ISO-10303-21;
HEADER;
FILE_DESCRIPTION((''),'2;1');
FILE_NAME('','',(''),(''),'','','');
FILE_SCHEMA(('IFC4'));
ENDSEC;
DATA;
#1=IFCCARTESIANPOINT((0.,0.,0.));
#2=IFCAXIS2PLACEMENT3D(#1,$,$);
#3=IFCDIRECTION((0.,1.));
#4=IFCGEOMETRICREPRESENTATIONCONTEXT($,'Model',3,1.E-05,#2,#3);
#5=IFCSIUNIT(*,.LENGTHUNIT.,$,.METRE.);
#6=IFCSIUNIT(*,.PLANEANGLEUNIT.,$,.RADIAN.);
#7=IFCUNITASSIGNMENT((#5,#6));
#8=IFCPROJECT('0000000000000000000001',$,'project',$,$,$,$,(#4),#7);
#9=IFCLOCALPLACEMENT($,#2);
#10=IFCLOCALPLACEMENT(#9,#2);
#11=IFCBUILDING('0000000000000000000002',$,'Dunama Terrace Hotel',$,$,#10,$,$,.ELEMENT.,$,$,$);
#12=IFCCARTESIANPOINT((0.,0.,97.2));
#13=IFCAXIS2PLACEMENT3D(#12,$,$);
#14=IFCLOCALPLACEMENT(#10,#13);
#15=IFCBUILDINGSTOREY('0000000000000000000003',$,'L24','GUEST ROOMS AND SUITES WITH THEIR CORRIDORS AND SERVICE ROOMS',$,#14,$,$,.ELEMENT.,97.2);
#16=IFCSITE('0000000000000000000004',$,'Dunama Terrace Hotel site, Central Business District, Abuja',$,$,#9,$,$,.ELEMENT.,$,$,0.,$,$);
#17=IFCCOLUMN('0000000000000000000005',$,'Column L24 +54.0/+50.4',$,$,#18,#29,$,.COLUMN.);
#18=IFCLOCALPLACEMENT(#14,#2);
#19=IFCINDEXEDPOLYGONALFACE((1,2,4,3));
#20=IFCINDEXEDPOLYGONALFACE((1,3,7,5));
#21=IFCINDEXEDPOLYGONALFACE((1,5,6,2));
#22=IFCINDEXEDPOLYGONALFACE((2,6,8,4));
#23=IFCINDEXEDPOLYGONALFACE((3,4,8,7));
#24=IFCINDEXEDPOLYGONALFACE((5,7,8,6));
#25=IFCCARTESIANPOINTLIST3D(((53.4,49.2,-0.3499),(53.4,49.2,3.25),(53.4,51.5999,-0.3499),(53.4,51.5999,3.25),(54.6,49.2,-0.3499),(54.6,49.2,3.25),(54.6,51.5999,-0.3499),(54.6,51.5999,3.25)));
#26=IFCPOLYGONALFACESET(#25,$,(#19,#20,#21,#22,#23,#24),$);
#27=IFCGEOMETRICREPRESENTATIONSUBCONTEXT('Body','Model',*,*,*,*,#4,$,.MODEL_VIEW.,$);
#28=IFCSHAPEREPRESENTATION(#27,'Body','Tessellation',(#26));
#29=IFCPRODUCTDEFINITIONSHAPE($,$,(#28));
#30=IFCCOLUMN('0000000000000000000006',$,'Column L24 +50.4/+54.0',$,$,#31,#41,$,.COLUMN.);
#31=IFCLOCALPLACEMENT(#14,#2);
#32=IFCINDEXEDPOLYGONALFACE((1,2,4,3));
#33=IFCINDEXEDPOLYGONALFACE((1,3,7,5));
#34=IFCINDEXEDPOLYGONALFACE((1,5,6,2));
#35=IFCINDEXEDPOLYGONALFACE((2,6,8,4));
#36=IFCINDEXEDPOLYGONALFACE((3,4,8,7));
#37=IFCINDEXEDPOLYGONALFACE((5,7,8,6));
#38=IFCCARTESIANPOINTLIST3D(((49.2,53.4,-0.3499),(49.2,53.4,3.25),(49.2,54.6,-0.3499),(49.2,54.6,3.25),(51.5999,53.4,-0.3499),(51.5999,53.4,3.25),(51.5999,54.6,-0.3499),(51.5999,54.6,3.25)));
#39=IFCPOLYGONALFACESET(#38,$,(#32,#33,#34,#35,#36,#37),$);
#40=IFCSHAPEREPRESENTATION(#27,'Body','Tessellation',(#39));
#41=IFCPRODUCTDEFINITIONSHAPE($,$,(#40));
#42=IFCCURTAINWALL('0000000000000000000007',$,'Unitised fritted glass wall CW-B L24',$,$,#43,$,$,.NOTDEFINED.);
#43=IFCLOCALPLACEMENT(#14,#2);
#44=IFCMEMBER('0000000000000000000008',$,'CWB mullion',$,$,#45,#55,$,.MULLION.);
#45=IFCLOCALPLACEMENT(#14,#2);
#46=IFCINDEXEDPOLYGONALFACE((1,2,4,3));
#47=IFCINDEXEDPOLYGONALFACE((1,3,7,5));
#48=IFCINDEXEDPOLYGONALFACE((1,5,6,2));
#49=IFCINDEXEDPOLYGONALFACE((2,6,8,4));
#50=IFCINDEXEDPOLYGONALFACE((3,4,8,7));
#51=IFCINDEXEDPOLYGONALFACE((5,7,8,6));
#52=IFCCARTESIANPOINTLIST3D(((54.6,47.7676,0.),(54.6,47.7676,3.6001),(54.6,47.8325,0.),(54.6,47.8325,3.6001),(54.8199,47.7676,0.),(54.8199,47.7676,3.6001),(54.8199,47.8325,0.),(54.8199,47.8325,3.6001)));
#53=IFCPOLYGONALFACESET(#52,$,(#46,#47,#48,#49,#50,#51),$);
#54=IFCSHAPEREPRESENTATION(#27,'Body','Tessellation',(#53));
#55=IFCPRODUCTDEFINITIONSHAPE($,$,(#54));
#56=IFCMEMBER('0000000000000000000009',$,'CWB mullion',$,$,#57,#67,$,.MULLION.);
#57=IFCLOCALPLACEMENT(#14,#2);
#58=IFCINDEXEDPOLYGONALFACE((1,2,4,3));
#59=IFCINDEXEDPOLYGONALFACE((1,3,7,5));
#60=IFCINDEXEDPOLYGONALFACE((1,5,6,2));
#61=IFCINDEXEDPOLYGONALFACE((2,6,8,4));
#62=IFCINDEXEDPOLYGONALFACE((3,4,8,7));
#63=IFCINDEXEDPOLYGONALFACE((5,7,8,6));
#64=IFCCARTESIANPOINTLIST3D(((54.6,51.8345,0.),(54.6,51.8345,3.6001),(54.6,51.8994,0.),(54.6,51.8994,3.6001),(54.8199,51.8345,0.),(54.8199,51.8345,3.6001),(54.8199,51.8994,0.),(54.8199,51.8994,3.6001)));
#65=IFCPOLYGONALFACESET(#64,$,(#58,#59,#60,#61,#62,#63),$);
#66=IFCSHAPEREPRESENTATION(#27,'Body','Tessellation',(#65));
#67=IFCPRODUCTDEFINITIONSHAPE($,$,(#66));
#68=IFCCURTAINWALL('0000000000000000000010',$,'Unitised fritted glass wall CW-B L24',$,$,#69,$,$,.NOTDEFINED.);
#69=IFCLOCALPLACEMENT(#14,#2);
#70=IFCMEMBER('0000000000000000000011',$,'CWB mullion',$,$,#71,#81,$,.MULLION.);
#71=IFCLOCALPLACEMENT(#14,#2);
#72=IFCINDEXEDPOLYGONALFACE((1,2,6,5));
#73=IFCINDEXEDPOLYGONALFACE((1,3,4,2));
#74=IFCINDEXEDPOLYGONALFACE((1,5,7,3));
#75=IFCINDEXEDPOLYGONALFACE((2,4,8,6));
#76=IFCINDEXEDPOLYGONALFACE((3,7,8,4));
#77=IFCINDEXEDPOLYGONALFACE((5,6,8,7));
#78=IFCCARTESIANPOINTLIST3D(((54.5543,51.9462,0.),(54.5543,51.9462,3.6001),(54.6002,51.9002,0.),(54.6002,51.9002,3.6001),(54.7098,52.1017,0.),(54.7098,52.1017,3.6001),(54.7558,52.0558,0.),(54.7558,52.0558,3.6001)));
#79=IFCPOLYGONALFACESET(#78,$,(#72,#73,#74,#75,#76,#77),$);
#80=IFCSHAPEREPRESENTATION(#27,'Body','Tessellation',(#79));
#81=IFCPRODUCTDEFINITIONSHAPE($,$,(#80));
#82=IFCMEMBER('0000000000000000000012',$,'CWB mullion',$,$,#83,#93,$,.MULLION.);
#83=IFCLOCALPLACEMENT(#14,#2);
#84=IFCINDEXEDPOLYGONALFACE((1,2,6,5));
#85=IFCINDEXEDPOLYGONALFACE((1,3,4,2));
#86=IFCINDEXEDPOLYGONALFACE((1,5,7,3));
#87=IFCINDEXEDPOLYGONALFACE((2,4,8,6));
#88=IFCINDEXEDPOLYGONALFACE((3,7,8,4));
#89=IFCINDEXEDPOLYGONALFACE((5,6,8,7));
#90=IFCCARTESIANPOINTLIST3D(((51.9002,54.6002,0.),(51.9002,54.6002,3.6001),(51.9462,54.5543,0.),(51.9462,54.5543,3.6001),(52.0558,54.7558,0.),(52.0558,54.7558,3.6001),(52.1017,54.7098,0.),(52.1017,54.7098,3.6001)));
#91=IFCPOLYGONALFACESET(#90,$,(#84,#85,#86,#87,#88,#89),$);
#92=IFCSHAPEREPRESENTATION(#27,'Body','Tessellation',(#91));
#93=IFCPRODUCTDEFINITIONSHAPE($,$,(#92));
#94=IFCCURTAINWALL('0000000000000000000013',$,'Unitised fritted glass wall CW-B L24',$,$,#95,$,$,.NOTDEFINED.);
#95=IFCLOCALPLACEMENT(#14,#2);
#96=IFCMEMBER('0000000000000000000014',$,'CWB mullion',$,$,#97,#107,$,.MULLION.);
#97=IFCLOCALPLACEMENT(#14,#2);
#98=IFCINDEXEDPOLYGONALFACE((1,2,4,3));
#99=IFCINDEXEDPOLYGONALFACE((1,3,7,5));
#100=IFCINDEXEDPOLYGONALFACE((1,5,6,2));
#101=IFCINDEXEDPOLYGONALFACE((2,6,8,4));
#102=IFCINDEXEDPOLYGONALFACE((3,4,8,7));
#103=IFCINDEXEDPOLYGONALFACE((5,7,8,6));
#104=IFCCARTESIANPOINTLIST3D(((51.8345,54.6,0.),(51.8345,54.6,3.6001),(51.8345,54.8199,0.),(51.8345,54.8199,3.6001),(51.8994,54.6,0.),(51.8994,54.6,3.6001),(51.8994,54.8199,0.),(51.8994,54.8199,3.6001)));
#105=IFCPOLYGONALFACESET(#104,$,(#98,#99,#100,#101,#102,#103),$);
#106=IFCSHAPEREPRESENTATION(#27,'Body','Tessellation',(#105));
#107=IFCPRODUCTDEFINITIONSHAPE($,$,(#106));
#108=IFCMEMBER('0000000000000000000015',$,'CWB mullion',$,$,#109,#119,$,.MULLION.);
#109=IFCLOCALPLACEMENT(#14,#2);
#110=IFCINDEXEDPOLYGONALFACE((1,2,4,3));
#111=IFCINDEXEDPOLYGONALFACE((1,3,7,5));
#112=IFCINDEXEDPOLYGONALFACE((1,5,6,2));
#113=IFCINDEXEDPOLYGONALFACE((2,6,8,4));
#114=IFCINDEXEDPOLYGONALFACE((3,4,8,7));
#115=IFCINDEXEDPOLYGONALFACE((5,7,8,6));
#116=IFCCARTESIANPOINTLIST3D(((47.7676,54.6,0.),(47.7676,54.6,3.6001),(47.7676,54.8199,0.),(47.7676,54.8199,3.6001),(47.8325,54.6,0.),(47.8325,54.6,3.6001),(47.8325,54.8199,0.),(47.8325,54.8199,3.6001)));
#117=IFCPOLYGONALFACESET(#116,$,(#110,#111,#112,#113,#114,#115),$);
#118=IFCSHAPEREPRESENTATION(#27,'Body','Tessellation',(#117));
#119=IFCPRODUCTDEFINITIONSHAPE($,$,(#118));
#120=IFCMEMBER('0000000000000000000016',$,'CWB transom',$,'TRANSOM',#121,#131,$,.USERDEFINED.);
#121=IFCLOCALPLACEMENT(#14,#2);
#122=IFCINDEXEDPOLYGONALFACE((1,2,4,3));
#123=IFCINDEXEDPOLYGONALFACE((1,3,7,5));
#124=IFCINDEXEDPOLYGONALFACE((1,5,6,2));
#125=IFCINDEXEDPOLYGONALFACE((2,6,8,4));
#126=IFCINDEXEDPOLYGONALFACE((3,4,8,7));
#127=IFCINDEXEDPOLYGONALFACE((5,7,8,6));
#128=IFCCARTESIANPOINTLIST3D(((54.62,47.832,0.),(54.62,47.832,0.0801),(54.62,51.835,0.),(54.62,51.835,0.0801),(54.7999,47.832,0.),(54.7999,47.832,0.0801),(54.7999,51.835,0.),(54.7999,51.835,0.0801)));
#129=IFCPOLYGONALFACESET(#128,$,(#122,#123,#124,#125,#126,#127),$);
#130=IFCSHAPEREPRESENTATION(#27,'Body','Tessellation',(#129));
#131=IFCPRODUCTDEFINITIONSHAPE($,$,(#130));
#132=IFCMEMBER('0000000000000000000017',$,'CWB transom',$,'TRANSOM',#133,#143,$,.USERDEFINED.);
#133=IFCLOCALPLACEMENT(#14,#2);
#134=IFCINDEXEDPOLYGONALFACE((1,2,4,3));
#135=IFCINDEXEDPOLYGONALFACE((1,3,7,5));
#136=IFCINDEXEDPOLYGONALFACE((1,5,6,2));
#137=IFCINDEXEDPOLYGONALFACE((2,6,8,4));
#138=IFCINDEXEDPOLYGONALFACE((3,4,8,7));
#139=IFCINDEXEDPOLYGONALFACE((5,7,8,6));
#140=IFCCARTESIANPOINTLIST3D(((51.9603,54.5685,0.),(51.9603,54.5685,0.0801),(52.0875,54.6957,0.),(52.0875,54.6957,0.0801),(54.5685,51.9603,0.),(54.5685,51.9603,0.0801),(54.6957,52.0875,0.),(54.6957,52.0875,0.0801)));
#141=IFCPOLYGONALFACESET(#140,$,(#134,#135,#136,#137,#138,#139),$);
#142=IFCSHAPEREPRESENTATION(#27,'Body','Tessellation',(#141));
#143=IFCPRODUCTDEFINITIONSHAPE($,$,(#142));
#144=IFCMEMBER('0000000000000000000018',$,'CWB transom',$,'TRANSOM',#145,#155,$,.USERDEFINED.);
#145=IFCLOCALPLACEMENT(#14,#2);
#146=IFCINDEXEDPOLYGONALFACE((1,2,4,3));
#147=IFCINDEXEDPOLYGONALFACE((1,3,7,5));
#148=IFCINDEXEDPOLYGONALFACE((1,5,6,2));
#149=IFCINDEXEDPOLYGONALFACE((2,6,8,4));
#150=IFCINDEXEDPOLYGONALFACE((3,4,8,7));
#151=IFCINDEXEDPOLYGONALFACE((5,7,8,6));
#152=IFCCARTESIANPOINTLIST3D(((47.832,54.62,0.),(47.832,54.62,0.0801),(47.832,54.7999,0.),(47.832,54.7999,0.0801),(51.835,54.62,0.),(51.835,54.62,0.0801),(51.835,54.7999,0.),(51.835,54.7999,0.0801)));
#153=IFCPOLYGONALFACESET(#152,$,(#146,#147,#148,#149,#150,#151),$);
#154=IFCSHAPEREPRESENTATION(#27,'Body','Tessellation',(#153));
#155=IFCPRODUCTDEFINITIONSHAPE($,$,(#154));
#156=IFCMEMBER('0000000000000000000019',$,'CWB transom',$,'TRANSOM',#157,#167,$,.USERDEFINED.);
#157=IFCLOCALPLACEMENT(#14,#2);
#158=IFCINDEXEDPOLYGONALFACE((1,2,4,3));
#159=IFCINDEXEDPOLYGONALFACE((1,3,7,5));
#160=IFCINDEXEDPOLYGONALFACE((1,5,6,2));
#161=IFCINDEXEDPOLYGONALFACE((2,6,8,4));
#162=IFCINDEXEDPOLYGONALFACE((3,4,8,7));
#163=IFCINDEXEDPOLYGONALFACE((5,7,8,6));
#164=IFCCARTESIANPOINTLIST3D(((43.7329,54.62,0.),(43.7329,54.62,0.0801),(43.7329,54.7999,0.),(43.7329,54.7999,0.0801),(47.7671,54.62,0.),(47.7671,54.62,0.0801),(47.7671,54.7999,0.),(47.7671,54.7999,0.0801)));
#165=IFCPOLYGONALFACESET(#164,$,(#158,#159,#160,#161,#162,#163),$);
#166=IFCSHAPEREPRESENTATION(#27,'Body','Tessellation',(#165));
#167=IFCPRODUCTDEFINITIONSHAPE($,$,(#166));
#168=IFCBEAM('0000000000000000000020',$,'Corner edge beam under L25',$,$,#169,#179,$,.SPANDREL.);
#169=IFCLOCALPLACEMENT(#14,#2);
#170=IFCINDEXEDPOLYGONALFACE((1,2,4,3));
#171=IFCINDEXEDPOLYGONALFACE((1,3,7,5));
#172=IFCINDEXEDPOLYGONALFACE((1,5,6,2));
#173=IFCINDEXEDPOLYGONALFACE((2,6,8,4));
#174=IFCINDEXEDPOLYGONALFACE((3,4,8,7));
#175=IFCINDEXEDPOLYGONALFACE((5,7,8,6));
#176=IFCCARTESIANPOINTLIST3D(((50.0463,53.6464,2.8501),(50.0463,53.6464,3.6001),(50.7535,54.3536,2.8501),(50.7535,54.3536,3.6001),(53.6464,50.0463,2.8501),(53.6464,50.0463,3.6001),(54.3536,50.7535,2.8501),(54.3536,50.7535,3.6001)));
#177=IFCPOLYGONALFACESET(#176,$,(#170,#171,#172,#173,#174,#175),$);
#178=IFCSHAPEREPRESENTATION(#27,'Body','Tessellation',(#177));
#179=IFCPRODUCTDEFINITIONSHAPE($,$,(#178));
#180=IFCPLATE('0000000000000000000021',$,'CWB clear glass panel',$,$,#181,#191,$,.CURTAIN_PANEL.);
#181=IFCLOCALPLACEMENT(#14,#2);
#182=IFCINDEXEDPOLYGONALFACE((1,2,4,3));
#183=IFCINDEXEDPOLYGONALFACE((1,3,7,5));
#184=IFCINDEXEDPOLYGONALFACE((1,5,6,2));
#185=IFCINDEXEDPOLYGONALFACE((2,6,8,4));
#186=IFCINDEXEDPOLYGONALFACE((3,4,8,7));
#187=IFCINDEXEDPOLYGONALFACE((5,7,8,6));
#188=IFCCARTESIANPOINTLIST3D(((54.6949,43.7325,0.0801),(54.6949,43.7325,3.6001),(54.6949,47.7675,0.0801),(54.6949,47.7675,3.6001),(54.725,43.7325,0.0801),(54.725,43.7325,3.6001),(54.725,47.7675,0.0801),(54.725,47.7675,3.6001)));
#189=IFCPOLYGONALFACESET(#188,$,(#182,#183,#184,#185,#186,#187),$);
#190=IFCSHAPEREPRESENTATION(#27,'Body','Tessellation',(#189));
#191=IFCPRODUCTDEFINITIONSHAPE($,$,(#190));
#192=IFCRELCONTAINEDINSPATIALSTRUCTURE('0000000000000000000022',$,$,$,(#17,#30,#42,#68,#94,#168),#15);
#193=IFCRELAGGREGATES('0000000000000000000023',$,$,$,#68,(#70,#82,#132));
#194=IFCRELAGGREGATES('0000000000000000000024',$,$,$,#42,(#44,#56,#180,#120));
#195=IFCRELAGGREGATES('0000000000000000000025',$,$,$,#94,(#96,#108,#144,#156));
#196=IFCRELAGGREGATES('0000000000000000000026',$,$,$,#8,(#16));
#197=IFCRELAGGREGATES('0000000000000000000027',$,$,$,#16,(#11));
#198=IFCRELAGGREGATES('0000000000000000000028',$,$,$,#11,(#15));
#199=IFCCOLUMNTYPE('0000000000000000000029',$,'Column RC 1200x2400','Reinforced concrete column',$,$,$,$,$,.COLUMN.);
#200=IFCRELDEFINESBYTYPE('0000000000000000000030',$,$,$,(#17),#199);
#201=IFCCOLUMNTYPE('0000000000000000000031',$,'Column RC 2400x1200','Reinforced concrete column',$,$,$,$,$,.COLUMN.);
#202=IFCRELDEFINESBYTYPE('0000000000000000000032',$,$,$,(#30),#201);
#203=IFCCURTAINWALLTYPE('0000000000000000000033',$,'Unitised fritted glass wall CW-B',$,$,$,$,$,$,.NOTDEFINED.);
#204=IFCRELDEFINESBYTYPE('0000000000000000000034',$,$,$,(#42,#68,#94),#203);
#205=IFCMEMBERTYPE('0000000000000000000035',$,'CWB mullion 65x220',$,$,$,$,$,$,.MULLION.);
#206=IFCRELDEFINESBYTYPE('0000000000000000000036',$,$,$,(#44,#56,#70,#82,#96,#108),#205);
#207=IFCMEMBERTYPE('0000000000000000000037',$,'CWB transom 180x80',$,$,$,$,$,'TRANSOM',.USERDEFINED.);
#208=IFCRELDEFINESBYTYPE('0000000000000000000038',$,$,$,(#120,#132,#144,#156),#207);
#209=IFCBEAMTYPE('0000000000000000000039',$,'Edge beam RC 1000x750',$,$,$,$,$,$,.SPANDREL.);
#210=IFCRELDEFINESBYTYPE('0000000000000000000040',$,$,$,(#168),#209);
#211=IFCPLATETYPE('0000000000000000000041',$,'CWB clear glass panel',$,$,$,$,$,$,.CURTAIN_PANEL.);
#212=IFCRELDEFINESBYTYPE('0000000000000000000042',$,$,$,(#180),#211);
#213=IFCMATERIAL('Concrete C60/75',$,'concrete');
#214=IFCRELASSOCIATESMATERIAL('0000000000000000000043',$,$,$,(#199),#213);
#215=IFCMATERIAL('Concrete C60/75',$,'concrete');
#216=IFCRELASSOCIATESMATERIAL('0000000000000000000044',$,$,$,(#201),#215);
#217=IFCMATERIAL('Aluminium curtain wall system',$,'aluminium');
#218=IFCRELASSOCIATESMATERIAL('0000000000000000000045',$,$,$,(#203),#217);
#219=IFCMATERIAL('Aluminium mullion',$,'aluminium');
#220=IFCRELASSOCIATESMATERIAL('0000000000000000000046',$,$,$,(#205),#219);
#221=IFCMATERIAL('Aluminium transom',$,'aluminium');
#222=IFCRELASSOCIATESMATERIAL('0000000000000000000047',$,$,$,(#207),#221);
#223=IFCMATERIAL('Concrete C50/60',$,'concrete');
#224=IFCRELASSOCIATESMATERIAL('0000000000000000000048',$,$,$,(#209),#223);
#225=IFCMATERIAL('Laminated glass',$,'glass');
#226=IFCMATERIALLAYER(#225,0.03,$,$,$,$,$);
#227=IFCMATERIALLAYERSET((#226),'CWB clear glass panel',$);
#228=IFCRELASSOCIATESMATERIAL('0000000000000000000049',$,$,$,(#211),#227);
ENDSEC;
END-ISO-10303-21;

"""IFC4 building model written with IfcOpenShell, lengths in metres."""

from ifc_helpers import new_model, si_unit, direction, frame, origin, origin_2d, place, context, subcontext, project, spatial, rectangle, extrude, material, layer, layer_set, material_profile, profile_set, type_object, element, aggregate, save


model = new_model("IFC4")

# Units and contexts
model_context = context("Model", 3, precision=1e-05, world=origin(), true_north=direction((0.0, 1.0)))
body_context = subcontext(model_context, "Body", "Model", "MODEL_VIEW")
ifc_project = project(units=[si_unit("LENGTHUNIT", "METRE"), si_unit("PLANEANGLEUNIT", "RADIAN")], contexts=[model_context])

# Site, building, storey
site_placement = place(None, origin())
site = spatial("IfcSite", under=ifc_project, at=site_placement, Name="Dunama Terrace Hotel site, Central Business District, Abuja", CompositionType="ELEMENT", RefElevation=0.0)
building_placement = place(site_placement, origin())
building = spatial("IfcBuilding", under=site, at=building_placement, Name="Dunama Terrace Hotel", CompositionType="ELEMENT")
storey_placement = place(building_placement, frame((0.0, 0.0, 97.2)))
storey = spatial("IfcBuildingStorey", under=building, at=storey_placement, Name="L24", Description="GUEST ROOMS AND SUITES WITH THEIR CORRIDORS AND SERVICE ROOMS", CompositionType="ELEMENT", Elevation=97.2)

# Columns
ifc_material_1 = material(Name="Concrete C60/75", Category="concrete")
ifc_material_profile_1 = material_profile(ifc_material_1, rectangle(XDim=1.2, YDim=2.3999, at=origin_2d()), Name="RC 1200x2400")
ifc_profile_set_1 = profile_set([ifc_material_profile_1], Name="Concrete C60/75")
column_type_1 = type_object("IfcColumnType", Name="Column RC 1200x2400", Description="Reinforced concrete column", PredefinedType="COLUMN", material=ifc_profile_set_1)
column_1_placement = place(storey_placement, frame((54.0, 50.3999, -0.3499), z_axis=(0.0, 0.0, 1.0), x_axis=(1.0, 0.0, 0.0)))
element("IfcColumn", 1, at=column_1_placement, inside=storey, type_object=column_type_1, Name="Column L24 +54.0/+50.4", PredefinedType="COLUMN", context=body_context, shape_type="SweptSolid", body=[
    extrude(rectangle(XDim=1.2, YDim=2.3999, at=origin_2d()), origin(), (0.0, 0.0, 1.0), 3.5999),
])
ifc_material_2 = material(Name="Concrete C60/75", Category="concrete")
ifc_material_profile_2 = material_profile(ifc_material_2, rectangle(XDim=2.3999, YDim=1.2, at=origin_2d()), Name="RC 2400x1200")
ifc_profile_set_2 = profile_set([ifc_material_profile_2], Name="Concrete C60/75")
column_type_2 = type_object("IfcColumnType", Name="Column RC 2400x1200", Description="Reinforced concrete column", PredefinedType="COLUMN", material=ifc_profile_set_2)
column_2_placement = place(storey_placement, frame((50.3999, 54.0, -0.3499), z_axis=(0.0, 0.0, 1.0), x_axis=(1.0, 0.0, 0.0)))
element("IfcColumn", 2, at=column_2_placement, inside=storey, type_object=column_type_2, Name="Column L24 +50.4/+54.0", PredefinedType="COLUMN", context=body_context, shape_type="SweptSolid", body=[
    extrude(rectangle(XDim=2.3999, YDim=1.2, at=origin_2d()), origin(), (0.0, 0.0, 1.0), 3.5999),
])

# Curtain walls, members
ifc_material_3 = material(Name="Aluminium curtain wall system", Category="aluminium")
curtain_wall_type = type_object("IfcCurtainWallType", Name="Unitised fritted glass wall CW-B", PredefinedType="NOTDEFINED", material=ifc_material_3)
curtain_wall_1_placement = place(storey_placement, origin())
curtain_wall_1 = element("IfcCurtainWall", 3, at=curtain_wall_1_placement, inside=storey, type_object=curtain_wall_type, Name="Unitised fritted glass wall CW-B L24", PredefinedType="NOTDEFINED")
ifc_material_4 = material(Name="Aluminium mullion", Category="aluminium")
ifc_material_profile_3 = material_profile(ifc_material_4, rectangle(XDim=0.0649, YDim=0.22, at=origin_2d()), Name="CWB MULLION 65X220")
ifc_profile_set_3 = profile_set([ifc_material_profile_3], Name="Aluminium mullion")
member_type_1 = type_object("IfcMemberType", Name="CWB mullion 65x220", PredefinedType="MULLION", material=ifc_profile_set_3)
member_1_placement = place(storey_placement, frame((54.71, 47.8, 0.0), z_axis=(0.0, 0.0, 1.0), x_axis=(0.0, 1.0, 0.0)))
member_1 = element("IfcMember", 4, at=member_1_placement, type_object=member_type_1, Name="CWB mullion", PredefinedType="MULLION", context=body_context, shape_type="SweptSolid", body=[
    extrude(rectangle(XDim=0.0649, YDim=0.22, at=origin_2d()), origin(), (0.0, 0.0, 1.0), 3.6001),
])
member_2_placement = place(storey_placement, frame((54.71, 51.8669, 0.0), z_axis=(0.0, 0.0, 1.0), x_axis=(0.0, 1.0, 0.0)))
member_2 = element("IfcMember", 5, at=member_2_placement, type_object=member_type_1, Name="CWB mullion", PredefinedType="MULLION", context=body_context, shape_type="SweptSolid", body=[
    extrude(rectangle(XDim=0.0649, YDim=0.22, at=origin_2d()), origin(), (0.0, 0.0, 1.0), 3.6001),
])
curtain_wall_2_placement = place(storey_placement, origin())
curtain_wall_2 = element("IfcCurtainWall", 6, at=curtain_wall_2_placement, inside=storey, type_object=curtain_wall_type, Name="Unitised fritted glass wall CW-B L24", PredefinedType="NOTDEFINED")
member_3_placement = place(storey_placement, frame((54.655, 52.001, 0.0), z_axis=(0.0, 0.0, 1.0), x_axis=(-0.707107, 0.707107, 0.0)))
member_3 = element("IfcMember", 7, at=member_3_placement, type_object=member_type_1, Name="CWB mullion", PredefinedType="MULLION", context=body_context, shape_type="SweptSolid", body=[
    extrude(rectangle(XDim=0.0649, YDim=0.22, at=origin_2d()), origin(), (0.0, 0.0, 1.0), 3.6001),
])
member_4_placement = place(storey_placement, frame((52.001, 54.655, 0.0), z_axis=(0.0, 0.0, 1.0), x_axis=(-0.707107, 0.707107, 0.0)))
member_4 = element("IfcMember", 8, at=member_4_placement, type_object=member_type_1, Name="CWB mullion", PredefinedType="MULLION", context=body_context, shape_type="SweptSolid", body=[
    extrude(rectangle(XDim=0.0649, YDim=0.22, at=origin_2d()), origin(), (0.0, 0.0, 1.0), 3.6001),
])
curtain_wall_3_placement = place(storey_placement, origin())
curtain_wall_3 = element("IfcCurtainWall", 9, at=curtain_wall_3_placement, inside=storey, type_object=curtain_wall_type, Name="Unitised fritted glass wall CW-B L24", PredefinedType="NOTDEFINED")
member_5_placement = place(storey_placement, frame((51.8669, 54.71, 0.0), z_axis=(0.0, 0.0, 1.0), x_axis=(-1.0, 0.0, 0.0)))
member_5 = element("IfcMember", 10, at=member_5_placement, type_object=member_type_1, Name="CWB mullion", PredefinedType="MULLION", context=body_context, shape_type="SweptSolid", body=[
    extrude(rectangle(XDim=0.0649, YDim=0.22, at=origin_2d()), origin(), (0.0, 0.0, 1.0), 3.6001),
])
member_6_placement = place(storey_placement, frame((47.8, 54.71, 0.0), z_axis=(0.0, 0.0, 1.0), x_axis=(-1.0, 0.0, 0.0)))
member_6 = element("IfcMember", 11, at=member_6_placement, type_object=member_type_1, Name="CWB mullion", PredefinedType="MULLION", context=body_context, shape_type="SweptSolid", body=[
    extrude(rectangle(XDim=0.0649, YDim=0.22, at=origin_2d()), origin(), (0.0, 0.0, 1.0), 3.6001),
])

# Members
ifc_material_5 = material(Name="Aluminium transom", Category="aluminium")
ifc_material_profile_4 = material_profile(ifc_material_5, rectangle(XDim=0.1799, YDim=0.0801, at=origin_2d()), Name="CWB TRANSOM 180X80")
ifc_profile_set_4 = profile_set([ifc_material_profile_4], Name="Aluminium transom")
member_type_2 = type_object("IfcMemberType", Name="CWB transom 180x80", ElementType="TRANSOM", PredefinedType="USERDEFINED", material=ifc_profile_set_4)
member_7_placement = place(storey_placement, frame((54.71, 47.832, 0.04), z_axis=(0.0, 1.0, 0.0), x_axis=(-1.0, 0.0, 0.0)))
member_7 = element("IfcMember", 12, at=member_7_placement, type_object=member_type_2, Name="CWB transom", ObjectType="TRANSOM", PredefinedType="USERDEFINED", context=body_context, shape_type="SweptSolid", body=[
    extrude(rectangle(XDim=0.1799, YDim=0.0801, at=origin_2d()), origin(), (0.0, 0.0, 1.0), 4.0029),
])
member_8_placement = place(storey_placement, frame((54.6321, 52.0239, 0.04), z_axis=(-0.707107, 0.707107, 0.0), x_axis=(-0.707107, -0.707107, 0.0)))
member_8 = element("IfcMember", 13, at=member_8_placement, type_object=member_type_2, Name="CWB transom", ObjectType="TRANSOM", PredefinedType="USERDEFINED", context=body_context, shape_type="SweptSolid", body=[
    extrude(rectangle(XDim=0.1799, YDim=0.0801, at=origin_2d()), origin(), (0.0, 0.0, 1.0), 3.6885),
])
member_9_placement = place(storey_placement, frame((51.835, 54.71, 0.04), z_axis=(-1.0, 0.0, 0.0), x_axis=(0.0, -1.0, 0.0)))
member_9 = element("IfcMember", 14, at=member_9_placement, type_object=member_type_2, Name="CWB transom", ObjectType="TRANSOM", PredefinedType="USERDEFINED", context=body_context, shape_type="SweptSolid", body=[
    extrude(rectangle(XDim=0.1799, YDim=0.0801, at=origin_2d()), origin(), (0.0, 0.0, 1.0), 4.0029),
])
member_10_placement = place(storey_placement, frame((47.7671, 54.71, 0.04), z_axis=(-1.0, 0.0, 0.0), x_axis=(0.0, -1.0, 0.0)))
member_10 = element("IfcMember", 15, at=member_10_placement, type_object=member_type_2, Name="CWB transom", ObjectType="TRANSOM", PredefinedType="USERDEFINED", context=body_context, shape_type="SweptSolid", body=[
    extrude(rectangle(XDim=0.1799, YDim=0.0801, at=origin_2d()), origin(), (0.0, 0.0, 1.0), 4.0342),
])

# Beam
ifc_material_6 = material(Name="Concrete C50/60", Category="concrete")
ifc_material_profile_5 = material_profile(ifc_material_6, rectangle(XDim=1.0, YDim=0.75, at=origin_2d()), Name="RC 1000x750")
ifc_profile_set_5 = profile_set([ifc_material_profile_5], Name="Concrete C50/60")
beam_type = type_object("IfcBeamType", Name="Edge beam RC 1000x750", PredefinedType="SPANDREL", material=ifc_profile_set_5)
beam_placement = place(storey_placement, frame((50.3999, 54.0, 3.2251), z_axis=(0.707107, -0.707107, 0.0), x_axis=(0.707107, 0.707107, 0.0)))
element("IfcBeam", 16, at=beam_placement, inside=storey, type_object=beam_type, Name="Corner edge beam under L25", PredefinedType="SPANDREL", context=body_context, shape_type="SweptSolid", body=[
    extrude(rectangle(XDim=1.0, YDim=0.75, at=origin_2d()), origin(), (0.0, 0.0, 1.0), 5.0913),
])

# Plate
ifc_material_7 = material(Name="Laminated glass", Category="glass")
ifc_layer_1 = layer(ifc_material_7, 0.03)
ifc_layer_set_1 = layer_set([ifc_layer_1], Name="CWB clear glass panel")
plate_type_1 = type_object("IfcPlateType", Name="CWB clear glass panel", PredefinedType="CURTAIN_PANEL", material=ifc_layer_set_1)
plate_1_placement = place(storey_placement, frame((54.71, 45.75, 0.0801), z_axis=(0.0, 0.0, 1.0), x_axis=(0.0, 1.0, 0.0)))
plate_1 = element("IfcPlate", 17, at=plate_1_placement, type_object=plate_type_1, Name="CWB clear glass panel", PredefinedType="CURTAIN_PANEL", context=body_context, shape_type="SweptSolid", body=[
    extrude(rectangle(XDim=4.0349, YDim=0.03, at=origin_2d()), origin(), (0.0, 0.0, 1.0), 3.52),
])
aggregate(curtain_wall_2, [member_3, member_4, member_8])
aggregate(curtain_wall_1, [member_1, member_2, plate_1, member_7])
aggregate(curtain_wall_3, [member_5, member_6, member_9, member_10])

save(model, "model.ifc")
